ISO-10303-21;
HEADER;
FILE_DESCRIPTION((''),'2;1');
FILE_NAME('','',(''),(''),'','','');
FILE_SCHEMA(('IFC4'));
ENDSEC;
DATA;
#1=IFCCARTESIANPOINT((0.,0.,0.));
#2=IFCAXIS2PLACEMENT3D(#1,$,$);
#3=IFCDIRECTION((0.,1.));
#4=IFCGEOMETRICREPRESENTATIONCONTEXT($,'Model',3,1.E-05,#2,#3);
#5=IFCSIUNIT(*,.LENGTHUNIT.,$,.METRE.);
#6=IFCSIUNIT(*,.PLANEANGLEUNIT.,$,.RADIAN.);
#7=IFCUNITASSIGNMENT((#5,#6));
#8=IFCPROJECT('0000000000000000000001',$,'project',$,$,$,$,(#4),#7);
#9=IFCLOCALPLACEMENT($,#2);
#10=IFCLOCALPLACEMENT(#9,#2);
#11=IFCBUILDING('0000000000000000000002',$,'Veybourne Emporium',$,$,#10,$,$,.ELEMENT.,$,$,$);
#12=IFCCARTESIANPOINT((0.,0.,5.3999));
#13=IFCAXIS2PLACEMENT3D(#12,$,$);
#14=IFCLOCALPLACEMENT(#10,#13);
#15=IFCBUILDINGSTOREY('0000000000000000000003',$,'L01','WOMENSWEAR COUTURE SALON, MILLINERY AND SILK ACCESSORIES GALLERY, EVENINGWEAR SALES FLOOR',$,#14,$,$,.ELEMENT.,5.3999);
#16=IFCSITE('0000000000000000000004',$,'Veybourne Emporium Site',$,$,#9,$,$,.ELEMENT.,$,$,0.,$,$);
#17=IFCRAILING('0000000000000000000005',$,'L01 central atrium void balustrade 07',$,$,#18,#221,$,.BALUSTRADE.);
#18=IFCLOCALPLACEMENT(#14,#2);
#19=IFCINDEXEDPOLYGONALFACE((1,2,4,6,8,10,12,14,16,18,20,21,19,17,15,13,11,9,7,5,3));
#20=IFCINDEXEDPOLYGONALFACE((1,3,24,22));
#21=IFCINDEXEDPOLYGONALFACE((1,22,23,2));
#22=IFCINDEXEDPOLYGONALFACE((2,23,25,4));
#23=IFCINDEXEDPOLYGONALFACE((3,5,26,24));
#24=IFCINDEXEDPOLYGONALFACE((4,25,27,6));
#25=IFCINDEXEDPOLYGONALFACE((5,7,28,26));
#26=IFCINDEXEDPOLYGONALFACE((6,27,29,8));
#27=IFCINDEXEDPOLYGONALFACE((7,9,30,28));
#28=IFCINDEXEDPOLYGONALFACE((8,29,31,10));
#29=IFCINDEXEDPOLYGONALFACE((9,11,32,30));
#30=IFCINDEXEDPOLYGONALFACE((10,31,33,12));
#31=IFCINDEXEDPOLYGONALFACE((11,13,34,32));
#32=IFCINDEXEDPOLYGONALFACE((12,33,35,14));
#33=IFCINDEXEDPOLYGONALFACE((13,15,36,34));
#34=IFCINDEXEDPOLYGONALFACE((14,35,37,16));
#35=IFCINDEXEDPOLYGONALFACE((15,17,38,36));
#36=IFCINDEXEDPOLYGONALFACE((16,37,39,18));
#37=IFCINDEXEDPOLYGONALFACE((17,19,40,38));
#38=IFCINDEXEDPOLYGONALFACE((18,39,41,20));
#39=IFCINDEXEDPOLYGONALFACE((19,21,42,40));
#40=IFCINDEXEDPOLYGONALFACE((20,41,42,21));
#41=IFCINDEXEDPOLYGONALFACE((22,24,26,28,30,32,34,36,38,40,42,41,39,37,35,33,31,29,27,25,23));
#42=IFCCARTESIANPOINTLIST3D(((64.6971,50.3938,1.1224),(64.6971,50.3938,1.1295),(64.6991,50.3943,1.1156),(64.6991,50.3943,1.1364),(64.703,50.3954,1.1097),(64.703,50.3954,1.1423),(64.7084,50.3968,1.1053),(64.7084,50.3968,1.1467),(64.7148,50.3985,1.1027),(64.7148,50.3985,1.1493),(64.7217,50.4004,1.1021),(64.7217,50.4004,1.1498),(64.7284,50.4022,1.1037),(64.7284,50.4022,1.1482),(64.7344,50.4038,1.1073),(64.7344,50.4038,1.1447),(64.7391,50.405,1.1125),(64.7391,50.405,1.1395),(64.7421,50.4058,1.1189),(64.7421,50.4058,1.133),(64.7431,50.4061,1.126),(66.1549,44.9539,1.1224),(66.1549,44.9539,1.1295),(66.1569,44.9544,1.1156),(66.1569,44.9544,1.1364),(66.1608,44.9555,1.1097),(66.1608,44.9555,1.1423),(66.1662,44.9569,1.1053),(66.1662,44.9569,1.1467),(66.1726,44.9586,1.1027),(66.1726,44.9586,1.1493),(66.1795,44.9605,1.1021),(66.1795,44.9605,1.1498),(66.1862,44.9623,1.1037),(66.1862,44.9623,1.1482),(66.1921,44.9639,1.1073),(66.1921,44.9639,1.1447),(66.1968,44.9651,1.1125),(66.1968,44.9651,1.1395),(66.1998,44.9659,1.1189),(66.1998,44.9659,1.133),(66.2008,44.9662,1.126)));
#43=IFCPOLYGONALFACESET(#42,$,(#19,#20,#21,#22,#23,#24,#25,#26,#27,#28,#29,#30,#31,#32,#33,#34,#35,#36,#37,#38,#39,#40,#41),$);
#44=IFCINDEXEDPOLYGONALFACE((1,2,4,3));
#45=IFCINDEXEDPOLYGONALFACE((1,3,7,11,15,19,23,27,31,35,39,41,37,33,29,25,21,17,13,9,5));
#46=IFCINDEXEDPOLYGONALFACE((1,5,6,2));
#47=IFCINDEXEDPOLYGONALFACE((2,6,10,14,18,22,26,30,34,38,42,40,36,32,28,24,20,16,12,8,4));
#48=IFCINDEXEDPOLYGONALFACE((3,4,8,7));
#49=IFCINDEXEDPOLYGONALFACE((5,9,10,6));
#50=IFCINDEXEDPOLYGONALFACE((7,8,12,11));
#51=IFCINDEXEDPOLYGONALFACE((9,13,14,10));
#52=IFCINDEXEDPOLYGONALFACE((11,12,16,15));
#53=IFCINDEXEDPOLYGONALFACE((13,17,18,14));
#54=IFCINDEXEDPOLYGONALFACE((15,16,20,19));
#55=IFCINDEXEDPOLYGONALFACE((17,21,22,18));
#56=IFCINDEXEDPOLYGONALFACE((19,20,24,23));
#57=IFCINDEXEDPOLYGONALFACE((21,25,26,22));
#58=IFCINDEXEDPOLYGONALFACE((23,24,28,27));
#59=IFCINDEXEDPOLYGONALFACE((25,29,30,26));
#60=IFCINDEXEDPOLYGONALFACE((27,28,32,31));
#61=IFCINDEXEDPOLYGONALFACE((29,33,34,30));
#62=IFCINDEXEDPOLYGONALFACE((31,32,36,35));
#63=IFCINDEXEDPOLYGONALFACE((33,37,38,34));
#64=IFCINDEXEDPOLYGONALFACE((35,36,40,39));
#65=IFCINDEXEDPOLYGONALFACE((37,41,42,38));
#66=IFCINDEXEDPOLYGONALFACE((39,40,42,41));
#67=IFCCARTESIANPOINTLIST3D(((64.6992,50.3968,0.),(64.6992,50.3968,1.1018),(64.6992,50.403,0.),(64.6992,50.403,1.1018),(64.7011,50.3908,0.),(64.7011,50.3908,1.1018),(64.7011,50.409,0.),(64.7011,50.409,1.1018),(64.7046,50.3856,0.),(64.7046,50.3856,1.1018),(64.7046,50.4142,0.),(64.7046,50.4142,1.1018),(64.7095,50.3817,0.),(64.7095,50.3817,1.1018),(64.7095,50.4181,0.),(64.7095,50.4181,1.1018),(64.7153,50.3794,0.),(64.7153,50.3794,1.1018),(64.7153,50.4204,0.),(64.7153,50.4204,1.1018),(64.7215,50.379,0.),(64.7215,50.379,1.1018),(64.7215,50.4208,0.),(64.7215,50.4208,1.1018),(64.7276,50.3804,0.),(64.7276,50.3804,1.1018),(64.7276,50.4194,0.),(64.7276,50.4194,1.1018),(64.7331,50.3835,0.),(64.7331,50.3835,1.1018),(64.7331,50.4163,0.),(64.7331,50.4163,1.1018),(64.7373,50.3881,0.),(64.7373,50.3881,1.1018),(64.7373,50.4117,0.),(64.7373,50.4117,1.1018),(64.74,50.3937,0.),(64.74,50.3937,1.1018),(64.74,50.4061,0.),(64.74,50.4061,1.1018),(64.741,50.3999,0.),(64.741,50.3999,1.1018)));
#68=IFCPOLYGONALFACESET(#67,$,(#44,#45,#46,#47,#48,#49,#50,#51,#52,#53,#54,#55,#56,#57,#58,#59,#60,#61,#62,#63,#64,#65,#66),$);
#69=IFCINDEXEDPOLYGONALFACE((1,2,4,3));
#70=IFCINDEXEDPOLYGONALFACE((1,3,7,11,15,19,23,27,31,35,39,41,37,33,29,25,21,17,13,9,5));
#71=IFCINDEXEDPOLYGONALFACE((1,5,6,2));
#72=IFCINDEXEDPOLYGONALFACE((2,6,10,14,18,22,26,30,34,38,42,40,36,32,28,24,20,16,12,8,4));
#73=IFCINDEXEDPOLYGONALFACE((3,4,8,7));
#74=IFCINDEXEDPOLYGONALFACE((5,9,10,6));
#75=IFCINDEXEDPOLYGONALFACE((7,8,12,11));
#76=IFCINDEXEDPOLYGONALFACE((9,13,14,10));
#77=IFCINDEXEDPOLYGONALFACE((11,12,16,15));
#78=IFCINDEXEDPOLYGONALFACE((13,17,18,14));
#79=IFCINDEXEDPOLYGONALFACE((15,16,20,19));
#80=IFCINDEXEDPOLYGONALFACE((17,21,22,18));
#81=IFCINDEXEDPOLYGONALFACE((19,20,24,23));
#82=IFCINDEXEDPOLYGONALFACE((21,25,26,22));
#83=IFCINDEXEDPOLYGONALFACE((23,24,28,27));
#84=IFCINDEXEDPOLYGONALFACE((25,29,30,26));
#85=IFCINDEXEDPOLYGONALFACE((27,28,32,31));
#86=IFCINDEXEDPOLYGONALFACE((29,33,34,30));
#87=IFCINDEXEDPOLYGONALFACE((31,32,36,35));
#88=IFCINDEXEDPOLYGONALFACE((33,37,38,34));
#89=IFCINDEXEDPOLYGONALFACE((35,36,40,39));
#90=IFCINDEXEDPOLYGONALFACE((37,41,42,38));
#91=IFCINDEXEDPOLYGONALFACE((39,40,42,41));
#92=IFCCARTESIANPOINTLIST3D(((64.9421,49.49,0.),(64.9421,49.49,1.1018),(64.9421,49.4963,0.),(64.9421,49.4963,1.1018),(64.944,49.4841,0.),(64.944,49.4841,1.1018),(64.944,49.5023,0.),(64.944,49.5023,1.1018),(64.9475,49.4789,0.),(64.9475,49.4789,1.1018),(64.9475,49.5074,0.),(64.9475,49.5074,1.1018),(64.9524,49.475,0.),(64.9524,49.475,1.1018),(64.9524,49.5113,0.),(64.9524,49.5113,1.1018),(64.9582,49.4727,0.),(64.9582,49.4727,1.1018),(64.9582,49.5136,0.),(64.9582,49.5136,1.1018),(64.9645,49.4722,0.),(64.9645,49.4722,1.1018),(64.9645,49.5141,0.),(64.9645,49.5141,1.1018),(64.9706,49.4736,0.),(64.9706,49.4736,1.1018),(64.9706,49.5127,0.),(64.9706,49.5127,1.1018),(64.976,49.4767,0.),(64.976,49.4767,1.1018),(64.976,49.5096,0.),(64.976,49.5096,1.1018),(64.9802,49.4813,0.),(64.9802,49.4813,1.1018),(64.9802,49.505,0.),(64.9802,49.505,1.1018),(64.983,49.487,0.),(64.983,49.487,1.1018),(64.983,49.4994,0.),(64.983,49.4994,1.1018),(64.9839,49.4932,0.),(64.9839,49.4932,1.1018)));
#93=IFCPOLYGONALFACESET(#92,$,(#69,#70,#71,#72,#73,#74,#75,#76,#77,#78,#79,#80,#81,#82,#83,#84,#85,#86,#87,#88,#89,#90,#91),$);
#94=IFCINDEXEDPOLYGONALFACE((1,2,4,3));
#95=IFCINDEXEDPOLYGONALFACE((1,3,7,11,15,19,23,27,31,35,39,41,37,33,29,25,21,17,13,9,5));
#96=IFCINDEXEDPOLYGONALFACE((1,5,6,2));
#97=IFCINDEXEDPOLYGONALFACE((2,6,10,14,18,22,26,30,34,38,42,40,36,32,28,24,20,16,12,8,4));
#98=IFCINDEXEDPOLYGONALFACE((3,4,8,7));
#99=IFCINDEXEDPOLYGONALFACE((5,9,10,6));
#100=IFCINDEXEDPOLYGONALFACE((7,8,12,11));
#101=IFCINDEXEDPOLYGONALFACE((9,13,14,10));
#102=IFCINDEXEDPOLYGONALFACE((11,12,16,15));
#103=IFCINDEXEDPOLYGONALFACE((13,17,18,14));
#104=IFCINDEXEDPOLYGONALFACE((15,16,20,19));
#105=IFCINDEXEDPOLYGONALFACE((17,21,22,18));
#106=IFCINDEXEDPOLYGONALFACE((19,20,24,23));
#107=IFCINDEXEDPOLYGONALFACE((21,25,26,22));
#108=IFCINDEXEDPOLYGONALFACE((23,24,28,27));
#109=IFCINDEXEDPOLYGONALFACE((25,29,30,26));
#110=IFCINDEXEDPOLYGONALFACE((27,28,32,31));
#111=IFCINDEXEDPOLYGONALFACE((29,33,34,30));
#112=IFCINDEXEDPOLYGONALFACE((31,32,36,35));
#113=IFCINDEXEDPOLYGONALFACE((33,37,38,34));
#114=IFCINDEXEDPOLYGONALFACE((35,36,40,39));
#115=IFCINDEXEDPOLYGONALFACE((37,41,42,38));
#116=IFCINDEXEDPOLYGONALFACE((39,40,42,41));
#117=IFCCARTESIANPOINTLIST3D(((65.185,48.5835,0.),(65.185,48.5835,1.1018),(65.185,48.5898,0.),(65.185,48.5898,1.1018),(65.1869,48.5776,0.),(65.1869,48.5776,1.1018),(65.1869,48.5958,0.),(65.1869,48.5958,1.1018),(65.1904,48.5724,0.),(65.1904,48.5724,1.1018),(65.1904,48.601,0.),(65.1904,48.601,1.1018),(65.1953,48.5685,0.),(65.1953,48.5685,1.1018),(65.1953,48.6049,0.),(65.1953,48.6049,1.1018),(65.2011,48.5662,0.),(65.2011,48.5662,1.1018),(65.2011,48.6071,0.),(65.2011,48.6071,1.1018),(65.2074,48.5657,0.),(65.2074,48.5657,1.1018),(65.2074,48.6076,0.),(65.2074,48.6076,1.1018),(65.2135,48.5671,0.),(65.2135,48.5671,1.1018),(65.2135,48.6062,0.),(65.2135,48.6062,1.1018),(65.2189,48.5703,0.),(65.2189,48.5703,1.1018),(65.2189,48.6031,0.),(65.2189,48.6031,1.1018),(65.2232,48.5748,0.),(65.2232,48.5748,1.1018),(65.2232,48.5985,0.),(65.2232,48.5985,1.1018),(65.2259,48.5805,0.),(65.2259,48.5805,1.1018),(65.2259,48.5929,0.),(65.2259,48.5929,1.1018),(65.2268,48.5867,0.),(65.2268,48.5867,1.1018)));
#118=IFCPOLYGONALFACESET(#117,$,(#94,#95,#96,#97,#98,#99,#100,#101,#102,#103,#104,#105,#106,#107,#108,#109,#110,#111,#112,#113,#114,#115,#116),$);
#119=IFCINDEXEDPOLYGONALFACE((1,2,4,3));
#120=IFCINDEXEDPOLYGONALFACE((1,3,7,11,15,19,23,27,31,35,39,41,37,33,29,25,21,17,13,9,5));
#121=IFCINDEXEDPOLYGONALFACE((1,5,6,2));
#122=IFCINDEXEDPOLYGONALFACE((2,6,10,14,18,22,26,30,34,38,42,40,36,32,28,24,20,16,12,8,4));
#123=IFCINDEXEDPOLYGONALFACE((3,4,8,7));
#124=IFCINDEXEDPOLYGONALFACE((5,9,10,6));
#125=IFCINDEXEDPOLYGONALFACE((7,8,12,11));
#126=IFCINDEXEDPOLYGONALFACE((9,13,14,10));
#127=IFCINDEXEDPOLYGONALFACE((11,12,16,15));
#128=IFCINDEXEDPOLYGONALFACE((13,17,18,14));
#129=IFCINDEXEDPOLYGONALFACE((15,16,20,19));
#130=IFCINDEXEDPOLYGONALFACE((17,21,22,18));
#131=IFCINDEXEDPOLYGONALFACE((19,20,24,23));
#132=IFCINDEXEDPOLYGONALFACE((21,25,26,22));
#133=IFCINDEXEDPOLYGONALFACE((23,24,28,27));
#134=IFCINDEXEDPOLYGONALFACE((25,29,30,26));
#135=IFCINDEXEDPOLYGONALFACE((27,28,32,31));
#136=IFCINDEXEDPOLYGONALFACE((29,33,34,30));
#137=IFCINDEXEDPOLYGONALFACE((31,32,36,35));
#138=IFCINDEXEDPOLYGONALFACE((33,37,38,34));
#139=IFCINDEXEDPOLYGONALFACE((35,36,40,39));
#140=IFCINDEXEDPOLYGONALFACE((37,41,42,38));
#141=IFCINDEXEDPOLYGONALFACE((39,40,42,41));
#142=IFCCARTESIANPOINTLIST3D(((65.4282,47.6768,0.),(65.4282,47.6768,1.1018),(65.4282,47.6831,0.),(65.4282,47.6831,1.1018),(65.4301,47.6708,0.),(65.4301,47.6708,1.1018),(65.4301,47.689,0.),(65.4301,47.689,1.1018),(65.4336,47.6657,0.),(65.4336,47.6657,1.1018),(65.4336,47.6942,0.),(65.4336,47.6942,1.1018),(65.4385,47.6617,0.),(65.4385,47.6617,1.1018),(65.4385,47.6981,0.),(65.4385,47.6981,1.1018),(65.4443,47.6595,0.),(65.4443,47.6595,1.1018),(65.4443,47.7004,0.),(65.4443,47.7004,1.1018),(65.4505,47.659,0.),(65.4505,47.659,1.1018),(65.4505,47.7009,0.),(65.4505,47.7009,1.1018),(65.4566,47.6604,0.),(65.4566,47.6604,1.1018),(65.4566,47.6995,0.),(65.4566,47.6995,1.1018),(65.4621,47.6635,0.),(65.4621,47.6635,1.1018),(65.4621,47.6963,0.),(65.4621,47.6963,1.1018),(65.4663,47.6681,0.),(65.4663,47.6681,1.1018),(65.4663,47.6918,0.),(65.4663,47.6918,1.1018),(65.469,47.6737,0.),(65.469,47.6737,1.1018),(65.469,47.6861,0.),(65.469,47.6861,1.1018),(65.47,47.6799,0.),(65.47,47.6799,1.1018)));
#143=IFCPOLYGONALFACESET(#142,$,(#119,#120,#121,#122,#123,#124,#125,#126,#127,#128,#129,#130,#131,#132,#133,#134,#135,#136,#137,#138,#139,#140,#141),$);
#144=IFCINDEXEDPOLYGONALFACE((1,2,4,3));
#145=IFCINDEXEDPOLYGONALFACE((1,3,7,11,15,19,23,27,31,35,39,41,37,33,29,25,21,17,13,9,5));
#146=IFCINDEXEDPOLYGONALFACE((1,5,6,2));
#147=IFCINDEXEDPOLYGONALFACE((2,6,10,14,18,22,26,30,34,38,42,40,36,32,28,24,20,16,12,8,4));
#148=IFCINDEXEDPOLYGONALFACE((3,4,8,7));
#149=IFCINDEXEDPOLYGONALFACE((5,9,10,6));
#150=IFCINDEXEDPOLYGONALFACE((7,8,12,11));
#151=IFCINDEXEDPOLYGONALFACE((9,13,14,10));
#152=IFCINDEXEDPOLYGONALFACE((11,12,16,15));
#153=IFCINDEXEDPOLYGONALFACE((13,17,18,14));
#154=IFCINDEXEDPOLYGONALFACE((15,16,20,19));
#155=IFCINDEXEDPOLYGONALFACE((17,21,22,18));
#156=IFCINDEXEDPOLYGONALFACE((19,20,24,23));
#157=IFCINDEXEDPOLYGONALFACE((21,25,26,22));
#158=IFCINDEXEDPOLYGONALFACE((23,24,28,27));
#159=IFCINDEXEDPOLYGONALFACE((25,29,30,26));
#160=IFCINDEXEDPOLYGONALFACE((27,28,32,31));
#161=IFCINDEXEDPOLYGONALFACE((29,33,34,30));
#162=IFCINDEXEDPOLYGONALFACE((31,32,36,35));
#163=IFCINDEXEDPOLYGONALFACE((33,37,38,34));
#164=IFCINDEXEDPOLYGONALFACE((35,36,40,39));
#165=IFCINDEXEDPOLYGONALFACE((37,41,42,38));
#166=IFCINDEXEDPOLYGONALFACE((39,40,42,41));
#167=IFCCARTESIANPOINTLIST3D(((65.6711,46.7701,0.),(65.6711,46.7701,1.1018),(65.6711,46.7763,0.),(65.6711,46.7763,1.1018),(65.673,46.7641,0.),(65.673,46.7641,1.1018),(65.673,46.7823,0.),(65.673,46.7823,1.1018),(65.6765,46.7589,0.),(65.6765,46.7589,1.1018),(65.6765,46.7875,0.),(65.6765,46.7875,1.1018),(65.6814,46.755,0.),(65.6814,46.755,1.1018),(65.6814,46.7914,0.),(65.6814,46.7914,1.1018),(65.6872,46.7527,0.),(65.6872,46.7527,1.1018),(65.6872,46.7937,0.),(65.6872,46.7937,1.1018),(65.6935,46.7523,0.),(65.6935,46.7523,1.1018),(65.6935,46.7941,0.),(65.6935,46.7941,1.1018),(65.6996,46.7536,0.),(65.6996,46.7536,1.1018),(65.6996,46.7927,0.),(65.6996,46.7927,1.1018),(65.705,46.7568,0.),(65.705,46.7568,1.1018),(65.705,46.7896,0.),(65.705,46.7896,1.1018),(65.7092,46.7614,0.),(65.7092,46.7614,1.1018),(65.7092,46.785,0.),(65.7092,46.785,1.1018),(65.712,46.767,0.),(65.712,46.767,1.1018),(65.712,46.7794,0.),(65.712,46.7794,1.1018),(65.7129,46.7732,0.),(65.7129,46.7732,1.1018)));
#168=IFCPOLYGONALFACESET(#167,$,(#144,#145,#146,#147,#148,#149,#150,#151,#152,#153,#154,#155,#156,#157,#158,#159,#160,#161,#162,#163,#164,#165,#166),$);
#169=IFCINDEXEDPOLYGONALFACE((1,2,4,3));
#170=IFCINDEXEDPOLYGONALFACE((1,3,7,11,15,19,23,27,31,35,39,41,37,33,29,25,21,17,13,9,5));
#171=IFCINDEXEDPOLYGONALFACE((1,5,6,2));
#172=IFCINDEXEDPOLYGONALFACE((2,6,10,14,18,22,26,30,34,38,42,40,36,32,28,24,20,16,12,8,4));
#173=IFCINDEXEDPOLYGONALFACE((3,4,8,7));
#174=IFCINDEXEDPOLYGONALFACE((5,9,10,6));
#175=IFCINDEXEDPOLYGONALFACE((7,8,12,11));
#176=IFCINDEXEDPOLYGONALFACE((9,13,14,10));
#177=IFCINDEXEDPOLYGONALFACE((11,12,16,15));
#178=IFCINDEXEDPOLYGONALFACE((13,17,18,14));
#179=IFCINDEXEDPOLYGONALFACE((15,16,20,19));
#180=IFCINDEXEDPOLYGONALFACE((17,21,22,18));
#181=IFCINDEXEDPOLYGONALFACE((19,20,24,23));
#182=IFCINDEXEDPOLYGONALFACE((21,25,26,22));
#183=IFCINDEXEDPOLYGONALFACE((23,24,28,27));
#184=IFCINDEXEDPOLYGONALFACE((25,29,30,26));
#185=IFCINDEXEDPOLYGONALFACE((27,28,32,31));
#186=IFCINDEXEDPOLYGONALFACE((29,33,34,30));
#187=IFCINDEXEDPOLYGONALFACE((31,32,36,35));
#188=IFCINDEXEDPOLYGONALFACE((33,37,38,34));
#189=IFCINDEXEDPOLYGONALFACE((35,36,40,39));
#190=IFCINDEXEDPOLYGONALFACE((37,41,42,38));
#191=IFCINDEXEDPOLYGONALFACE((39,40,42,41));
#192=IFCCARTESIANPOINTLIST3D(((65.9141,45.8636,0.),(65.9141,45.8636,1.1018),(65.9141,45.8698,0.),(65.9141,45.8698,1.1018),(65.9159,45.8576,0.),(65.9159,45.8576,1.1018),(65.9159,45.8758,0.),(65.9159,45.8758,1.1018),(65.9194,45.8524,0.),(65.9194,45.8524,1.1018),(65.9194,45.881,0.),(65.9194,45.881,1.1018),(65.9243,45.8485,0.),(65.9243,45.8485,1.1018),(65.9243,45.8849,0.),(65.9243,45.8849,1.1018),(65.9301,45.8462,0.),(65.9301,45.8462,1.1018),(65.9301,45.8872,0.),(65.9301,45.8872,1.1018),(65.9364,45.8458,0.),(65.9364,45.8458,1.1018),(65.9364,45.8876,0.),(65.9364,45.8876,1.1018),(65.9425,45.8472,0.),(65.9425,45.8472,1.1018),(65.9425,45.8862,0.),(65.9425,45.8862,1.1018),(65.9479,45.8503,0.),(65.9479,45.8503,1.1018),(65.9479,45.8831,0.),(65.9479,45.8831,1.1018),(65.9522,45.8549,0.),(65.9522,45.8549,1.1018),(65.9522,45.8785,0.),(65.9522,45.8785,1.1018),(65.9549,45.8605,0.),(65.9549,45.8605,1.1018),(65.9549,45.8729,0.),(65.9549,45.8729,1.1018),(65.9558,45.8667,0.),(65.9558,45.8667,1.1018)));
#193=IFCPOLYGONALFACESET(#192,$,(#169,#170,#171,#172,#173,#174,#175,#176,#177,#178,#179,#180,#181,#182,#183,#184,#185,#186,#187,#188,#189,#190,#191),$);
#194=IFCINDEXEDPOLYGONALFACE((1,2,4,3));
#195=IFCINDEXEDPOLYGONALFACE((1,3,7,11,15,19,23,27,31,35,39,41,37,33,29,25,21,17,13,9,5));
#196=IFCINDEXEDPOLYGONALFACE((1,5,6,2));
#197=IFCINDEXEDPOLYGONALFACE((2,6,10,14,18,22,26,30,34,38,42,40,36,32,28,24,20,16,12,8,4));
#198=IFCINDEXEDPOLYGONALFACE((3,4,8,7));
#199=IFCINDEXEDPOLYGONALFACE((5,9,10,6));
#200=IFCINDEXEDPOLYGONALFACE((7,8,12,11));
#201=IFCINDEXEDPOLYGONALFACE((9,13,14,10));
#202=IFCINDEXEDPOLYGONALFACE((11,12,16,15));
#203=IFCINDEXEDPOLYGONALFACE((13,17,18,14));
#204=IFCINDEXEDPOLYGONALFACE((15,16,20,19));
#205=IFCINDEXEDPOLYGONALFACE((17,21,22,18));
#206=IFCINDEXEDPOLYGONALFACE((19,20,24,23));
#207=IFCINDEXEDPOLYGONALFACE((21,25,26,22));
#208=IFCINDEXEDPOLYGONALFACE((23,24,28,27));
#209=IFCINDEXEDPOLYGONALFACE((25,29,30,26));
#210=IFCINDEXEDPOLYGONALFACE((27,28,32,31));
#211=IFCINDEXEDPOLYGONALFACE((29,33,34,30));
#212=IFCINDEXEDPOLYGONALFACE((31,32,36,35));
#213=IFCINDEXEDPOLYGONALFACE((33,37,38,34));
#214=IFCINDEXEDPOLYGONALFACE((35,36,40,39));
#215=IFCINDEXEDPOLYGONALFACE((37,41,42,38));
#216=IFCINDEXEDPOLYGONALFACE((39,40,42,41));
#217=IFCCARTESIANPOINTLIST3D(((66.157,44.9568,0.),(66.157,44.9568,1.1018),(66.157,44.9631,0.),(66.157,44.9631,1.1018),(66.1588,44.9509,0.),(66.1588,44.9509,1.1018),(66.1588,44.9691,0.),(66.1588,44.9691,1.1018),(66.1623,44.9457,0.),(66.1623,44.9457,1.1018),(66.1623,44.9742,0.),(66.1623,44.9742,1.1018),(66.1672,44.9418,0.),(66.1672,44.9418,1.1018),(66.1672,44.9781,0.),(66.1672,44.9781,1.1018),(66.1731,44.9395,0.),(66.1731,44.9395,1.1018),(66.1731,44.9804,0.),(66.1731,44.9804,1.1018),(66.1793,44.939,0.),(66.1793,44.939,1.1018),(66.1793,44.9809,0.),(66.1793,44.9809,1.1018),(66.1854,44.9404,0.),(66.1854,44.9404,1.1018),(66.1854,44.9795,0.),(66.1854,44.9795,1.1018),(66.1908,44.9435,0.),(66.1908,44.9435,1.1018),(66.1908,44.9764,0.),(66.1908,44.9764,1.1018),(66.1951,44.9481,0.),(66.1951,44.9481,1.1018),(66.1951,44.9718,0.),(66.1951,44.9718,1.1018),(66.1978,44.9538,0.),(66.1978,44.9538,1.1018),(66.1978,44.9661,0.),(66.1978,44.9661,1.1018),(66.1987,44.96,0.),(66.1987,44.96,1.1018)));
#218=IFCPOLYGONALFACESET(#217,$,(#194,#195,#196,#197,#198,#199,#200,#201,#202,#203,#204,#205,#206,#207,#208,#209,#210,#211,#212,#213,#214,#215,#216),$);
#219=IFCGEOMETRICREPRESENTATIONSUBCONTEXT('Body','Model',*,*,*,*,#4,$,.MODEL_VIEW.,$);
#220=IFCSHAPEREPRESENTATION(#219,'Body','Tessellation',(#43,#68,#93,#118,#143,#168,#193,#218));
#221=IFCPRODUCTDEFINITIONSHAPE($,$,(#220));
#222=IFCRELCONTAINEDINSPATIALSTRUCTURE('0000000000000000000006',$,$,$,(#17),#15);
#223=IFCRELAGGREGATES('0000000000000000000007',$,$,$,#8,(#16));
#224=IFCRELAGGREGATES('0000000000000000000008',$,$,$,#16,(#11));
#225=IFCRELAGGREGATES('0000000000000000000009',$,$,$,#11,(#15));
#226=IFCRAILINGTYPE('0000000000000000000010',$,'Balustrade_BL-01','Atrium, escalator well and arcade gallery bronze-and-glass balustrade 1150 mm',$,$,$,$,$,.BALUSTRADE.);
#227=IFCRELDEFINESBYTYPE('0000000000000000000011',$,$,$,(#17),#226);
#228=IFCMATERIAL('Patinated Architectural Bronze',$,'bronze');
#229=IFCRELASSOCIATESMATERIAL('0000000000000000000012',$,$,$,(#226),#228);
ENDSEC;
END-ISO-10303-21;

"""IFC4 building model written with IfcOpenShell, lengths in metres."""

from ifc_helpers import new_model, si_unit, direction, frame, origin, origin_2d, place, context, subcontext, project, spatial, circle, extrude, material, type_object, element, save


model = new_model("IFC4")

# Units and contexts
model_context = context("Model", 3, precision=1e-05, world=origin(), true_north=direction((0.0, 1.0)))
body_context = subcontext(model_context, "Body", "Model", "MODEL_VIEW")
ifc_project = project(units=[si_unit("LENGTHUNIT", "METRE"), si_unit("PLANEANGLEUNIT", "RADIAN")], contexts=[model_context])

# Site, building, storey
site_placement = place(None, origin())
site = spatial("IfcSite", under=ifc_project, at=site_placement, Name="Veybourne Emporium Site", CompositionType="ELEMENT", RefElevation=0.0)
building_placement = place(site_placement, origin())
building = spatial("IfcBuilding", under=site, at=building_placement, Name="Veybourne Emporium", CompositionType="ELEMENT")
storey_placement = place(building_placement, frame((0.0, 0.0, 5.3999)))
storey = spatial("IfcBuildingStorey", under=building, at=storey_placement, Name="L01", Description="WOMENSWEAR COUTURE SALON, MILLINERY AND SILK ACCESSORIES GALLERY, EVENINGWEAR SALES FLOOR", CompositionType="ELEMENT", Elevation=5.3999)

# Railing
ifc_material_1 = material(Name="Patinated Architectural Bronze", Category="bronze")
railing_type = type_object("IfcRailingType", Name="Balustrade_BL-01", Description="Atrium, escalator well and arcade gallery bronze-and-glass balustrade 1150 mm", PredefinedType="BALUSTRADE", material=ifc_material_1)
railing_1_placement = place(storey_placement, frame((64.72, 50.3999, 0.0)))
element("IfcRailing", 1, at=railing_1_placement, inside=storey, type_object=railing_type, Name="L01 central atrium void balustrade 07", PredefinedType="BALUSTRADE", context=body_context, shape_type="SweptSolid", body=[
    extrude(circle(Radius=0.0239, at=origin_2d()), frame((0.0, 0.0, 1.126), z_axis=(0.258842, -0.96592, 0.0), x_axis=(0.96592, 0.258842, 0.0)), (0.0, 0.0, 1.0), 5.6318),
    extrude(circle(Radius=0.021, at=origin_2d()), origin(), (0.0, 0.0, 1.0), 1.1018),
    extrude(circle(Radius=0.021, at=origin_2d()), frame((0.2429, -0.9067, 0.0)), (0.0, 0.0, 1.0), 1.1018),
    extrude(circle(Radius=0.021, at=origin_2d()), frame((0.4858, -1.8132, 0.0)), (0.0, 0.0, 1.0), 1.1018),
    extrude(circle(Radius=0.021, at=origin_2d()), frame((0.729, -2.72, 0.0)), (0.0, 0.0, 1.0), 1.1018),
    extrude(circle(Radius=0.021, at=origin_2d()), frame((0.9719, -3.6267, 0.0)), (0.0, 0.0, 1.0), 1.1018),
    extrude(circle(Radius=0.021, at=origin_2d()), frame((1.2148, -4.5332, 0.0)), (0.0, 0.0, 1.0), 1.1018),
    extrude(circle(Radius=0.021, at=origin_2d()), frame((1.4578, -5.4399, 0.0)), (0.0, 0.0, 1.0), 1.1018),
])

save(model, "model.ifc")
